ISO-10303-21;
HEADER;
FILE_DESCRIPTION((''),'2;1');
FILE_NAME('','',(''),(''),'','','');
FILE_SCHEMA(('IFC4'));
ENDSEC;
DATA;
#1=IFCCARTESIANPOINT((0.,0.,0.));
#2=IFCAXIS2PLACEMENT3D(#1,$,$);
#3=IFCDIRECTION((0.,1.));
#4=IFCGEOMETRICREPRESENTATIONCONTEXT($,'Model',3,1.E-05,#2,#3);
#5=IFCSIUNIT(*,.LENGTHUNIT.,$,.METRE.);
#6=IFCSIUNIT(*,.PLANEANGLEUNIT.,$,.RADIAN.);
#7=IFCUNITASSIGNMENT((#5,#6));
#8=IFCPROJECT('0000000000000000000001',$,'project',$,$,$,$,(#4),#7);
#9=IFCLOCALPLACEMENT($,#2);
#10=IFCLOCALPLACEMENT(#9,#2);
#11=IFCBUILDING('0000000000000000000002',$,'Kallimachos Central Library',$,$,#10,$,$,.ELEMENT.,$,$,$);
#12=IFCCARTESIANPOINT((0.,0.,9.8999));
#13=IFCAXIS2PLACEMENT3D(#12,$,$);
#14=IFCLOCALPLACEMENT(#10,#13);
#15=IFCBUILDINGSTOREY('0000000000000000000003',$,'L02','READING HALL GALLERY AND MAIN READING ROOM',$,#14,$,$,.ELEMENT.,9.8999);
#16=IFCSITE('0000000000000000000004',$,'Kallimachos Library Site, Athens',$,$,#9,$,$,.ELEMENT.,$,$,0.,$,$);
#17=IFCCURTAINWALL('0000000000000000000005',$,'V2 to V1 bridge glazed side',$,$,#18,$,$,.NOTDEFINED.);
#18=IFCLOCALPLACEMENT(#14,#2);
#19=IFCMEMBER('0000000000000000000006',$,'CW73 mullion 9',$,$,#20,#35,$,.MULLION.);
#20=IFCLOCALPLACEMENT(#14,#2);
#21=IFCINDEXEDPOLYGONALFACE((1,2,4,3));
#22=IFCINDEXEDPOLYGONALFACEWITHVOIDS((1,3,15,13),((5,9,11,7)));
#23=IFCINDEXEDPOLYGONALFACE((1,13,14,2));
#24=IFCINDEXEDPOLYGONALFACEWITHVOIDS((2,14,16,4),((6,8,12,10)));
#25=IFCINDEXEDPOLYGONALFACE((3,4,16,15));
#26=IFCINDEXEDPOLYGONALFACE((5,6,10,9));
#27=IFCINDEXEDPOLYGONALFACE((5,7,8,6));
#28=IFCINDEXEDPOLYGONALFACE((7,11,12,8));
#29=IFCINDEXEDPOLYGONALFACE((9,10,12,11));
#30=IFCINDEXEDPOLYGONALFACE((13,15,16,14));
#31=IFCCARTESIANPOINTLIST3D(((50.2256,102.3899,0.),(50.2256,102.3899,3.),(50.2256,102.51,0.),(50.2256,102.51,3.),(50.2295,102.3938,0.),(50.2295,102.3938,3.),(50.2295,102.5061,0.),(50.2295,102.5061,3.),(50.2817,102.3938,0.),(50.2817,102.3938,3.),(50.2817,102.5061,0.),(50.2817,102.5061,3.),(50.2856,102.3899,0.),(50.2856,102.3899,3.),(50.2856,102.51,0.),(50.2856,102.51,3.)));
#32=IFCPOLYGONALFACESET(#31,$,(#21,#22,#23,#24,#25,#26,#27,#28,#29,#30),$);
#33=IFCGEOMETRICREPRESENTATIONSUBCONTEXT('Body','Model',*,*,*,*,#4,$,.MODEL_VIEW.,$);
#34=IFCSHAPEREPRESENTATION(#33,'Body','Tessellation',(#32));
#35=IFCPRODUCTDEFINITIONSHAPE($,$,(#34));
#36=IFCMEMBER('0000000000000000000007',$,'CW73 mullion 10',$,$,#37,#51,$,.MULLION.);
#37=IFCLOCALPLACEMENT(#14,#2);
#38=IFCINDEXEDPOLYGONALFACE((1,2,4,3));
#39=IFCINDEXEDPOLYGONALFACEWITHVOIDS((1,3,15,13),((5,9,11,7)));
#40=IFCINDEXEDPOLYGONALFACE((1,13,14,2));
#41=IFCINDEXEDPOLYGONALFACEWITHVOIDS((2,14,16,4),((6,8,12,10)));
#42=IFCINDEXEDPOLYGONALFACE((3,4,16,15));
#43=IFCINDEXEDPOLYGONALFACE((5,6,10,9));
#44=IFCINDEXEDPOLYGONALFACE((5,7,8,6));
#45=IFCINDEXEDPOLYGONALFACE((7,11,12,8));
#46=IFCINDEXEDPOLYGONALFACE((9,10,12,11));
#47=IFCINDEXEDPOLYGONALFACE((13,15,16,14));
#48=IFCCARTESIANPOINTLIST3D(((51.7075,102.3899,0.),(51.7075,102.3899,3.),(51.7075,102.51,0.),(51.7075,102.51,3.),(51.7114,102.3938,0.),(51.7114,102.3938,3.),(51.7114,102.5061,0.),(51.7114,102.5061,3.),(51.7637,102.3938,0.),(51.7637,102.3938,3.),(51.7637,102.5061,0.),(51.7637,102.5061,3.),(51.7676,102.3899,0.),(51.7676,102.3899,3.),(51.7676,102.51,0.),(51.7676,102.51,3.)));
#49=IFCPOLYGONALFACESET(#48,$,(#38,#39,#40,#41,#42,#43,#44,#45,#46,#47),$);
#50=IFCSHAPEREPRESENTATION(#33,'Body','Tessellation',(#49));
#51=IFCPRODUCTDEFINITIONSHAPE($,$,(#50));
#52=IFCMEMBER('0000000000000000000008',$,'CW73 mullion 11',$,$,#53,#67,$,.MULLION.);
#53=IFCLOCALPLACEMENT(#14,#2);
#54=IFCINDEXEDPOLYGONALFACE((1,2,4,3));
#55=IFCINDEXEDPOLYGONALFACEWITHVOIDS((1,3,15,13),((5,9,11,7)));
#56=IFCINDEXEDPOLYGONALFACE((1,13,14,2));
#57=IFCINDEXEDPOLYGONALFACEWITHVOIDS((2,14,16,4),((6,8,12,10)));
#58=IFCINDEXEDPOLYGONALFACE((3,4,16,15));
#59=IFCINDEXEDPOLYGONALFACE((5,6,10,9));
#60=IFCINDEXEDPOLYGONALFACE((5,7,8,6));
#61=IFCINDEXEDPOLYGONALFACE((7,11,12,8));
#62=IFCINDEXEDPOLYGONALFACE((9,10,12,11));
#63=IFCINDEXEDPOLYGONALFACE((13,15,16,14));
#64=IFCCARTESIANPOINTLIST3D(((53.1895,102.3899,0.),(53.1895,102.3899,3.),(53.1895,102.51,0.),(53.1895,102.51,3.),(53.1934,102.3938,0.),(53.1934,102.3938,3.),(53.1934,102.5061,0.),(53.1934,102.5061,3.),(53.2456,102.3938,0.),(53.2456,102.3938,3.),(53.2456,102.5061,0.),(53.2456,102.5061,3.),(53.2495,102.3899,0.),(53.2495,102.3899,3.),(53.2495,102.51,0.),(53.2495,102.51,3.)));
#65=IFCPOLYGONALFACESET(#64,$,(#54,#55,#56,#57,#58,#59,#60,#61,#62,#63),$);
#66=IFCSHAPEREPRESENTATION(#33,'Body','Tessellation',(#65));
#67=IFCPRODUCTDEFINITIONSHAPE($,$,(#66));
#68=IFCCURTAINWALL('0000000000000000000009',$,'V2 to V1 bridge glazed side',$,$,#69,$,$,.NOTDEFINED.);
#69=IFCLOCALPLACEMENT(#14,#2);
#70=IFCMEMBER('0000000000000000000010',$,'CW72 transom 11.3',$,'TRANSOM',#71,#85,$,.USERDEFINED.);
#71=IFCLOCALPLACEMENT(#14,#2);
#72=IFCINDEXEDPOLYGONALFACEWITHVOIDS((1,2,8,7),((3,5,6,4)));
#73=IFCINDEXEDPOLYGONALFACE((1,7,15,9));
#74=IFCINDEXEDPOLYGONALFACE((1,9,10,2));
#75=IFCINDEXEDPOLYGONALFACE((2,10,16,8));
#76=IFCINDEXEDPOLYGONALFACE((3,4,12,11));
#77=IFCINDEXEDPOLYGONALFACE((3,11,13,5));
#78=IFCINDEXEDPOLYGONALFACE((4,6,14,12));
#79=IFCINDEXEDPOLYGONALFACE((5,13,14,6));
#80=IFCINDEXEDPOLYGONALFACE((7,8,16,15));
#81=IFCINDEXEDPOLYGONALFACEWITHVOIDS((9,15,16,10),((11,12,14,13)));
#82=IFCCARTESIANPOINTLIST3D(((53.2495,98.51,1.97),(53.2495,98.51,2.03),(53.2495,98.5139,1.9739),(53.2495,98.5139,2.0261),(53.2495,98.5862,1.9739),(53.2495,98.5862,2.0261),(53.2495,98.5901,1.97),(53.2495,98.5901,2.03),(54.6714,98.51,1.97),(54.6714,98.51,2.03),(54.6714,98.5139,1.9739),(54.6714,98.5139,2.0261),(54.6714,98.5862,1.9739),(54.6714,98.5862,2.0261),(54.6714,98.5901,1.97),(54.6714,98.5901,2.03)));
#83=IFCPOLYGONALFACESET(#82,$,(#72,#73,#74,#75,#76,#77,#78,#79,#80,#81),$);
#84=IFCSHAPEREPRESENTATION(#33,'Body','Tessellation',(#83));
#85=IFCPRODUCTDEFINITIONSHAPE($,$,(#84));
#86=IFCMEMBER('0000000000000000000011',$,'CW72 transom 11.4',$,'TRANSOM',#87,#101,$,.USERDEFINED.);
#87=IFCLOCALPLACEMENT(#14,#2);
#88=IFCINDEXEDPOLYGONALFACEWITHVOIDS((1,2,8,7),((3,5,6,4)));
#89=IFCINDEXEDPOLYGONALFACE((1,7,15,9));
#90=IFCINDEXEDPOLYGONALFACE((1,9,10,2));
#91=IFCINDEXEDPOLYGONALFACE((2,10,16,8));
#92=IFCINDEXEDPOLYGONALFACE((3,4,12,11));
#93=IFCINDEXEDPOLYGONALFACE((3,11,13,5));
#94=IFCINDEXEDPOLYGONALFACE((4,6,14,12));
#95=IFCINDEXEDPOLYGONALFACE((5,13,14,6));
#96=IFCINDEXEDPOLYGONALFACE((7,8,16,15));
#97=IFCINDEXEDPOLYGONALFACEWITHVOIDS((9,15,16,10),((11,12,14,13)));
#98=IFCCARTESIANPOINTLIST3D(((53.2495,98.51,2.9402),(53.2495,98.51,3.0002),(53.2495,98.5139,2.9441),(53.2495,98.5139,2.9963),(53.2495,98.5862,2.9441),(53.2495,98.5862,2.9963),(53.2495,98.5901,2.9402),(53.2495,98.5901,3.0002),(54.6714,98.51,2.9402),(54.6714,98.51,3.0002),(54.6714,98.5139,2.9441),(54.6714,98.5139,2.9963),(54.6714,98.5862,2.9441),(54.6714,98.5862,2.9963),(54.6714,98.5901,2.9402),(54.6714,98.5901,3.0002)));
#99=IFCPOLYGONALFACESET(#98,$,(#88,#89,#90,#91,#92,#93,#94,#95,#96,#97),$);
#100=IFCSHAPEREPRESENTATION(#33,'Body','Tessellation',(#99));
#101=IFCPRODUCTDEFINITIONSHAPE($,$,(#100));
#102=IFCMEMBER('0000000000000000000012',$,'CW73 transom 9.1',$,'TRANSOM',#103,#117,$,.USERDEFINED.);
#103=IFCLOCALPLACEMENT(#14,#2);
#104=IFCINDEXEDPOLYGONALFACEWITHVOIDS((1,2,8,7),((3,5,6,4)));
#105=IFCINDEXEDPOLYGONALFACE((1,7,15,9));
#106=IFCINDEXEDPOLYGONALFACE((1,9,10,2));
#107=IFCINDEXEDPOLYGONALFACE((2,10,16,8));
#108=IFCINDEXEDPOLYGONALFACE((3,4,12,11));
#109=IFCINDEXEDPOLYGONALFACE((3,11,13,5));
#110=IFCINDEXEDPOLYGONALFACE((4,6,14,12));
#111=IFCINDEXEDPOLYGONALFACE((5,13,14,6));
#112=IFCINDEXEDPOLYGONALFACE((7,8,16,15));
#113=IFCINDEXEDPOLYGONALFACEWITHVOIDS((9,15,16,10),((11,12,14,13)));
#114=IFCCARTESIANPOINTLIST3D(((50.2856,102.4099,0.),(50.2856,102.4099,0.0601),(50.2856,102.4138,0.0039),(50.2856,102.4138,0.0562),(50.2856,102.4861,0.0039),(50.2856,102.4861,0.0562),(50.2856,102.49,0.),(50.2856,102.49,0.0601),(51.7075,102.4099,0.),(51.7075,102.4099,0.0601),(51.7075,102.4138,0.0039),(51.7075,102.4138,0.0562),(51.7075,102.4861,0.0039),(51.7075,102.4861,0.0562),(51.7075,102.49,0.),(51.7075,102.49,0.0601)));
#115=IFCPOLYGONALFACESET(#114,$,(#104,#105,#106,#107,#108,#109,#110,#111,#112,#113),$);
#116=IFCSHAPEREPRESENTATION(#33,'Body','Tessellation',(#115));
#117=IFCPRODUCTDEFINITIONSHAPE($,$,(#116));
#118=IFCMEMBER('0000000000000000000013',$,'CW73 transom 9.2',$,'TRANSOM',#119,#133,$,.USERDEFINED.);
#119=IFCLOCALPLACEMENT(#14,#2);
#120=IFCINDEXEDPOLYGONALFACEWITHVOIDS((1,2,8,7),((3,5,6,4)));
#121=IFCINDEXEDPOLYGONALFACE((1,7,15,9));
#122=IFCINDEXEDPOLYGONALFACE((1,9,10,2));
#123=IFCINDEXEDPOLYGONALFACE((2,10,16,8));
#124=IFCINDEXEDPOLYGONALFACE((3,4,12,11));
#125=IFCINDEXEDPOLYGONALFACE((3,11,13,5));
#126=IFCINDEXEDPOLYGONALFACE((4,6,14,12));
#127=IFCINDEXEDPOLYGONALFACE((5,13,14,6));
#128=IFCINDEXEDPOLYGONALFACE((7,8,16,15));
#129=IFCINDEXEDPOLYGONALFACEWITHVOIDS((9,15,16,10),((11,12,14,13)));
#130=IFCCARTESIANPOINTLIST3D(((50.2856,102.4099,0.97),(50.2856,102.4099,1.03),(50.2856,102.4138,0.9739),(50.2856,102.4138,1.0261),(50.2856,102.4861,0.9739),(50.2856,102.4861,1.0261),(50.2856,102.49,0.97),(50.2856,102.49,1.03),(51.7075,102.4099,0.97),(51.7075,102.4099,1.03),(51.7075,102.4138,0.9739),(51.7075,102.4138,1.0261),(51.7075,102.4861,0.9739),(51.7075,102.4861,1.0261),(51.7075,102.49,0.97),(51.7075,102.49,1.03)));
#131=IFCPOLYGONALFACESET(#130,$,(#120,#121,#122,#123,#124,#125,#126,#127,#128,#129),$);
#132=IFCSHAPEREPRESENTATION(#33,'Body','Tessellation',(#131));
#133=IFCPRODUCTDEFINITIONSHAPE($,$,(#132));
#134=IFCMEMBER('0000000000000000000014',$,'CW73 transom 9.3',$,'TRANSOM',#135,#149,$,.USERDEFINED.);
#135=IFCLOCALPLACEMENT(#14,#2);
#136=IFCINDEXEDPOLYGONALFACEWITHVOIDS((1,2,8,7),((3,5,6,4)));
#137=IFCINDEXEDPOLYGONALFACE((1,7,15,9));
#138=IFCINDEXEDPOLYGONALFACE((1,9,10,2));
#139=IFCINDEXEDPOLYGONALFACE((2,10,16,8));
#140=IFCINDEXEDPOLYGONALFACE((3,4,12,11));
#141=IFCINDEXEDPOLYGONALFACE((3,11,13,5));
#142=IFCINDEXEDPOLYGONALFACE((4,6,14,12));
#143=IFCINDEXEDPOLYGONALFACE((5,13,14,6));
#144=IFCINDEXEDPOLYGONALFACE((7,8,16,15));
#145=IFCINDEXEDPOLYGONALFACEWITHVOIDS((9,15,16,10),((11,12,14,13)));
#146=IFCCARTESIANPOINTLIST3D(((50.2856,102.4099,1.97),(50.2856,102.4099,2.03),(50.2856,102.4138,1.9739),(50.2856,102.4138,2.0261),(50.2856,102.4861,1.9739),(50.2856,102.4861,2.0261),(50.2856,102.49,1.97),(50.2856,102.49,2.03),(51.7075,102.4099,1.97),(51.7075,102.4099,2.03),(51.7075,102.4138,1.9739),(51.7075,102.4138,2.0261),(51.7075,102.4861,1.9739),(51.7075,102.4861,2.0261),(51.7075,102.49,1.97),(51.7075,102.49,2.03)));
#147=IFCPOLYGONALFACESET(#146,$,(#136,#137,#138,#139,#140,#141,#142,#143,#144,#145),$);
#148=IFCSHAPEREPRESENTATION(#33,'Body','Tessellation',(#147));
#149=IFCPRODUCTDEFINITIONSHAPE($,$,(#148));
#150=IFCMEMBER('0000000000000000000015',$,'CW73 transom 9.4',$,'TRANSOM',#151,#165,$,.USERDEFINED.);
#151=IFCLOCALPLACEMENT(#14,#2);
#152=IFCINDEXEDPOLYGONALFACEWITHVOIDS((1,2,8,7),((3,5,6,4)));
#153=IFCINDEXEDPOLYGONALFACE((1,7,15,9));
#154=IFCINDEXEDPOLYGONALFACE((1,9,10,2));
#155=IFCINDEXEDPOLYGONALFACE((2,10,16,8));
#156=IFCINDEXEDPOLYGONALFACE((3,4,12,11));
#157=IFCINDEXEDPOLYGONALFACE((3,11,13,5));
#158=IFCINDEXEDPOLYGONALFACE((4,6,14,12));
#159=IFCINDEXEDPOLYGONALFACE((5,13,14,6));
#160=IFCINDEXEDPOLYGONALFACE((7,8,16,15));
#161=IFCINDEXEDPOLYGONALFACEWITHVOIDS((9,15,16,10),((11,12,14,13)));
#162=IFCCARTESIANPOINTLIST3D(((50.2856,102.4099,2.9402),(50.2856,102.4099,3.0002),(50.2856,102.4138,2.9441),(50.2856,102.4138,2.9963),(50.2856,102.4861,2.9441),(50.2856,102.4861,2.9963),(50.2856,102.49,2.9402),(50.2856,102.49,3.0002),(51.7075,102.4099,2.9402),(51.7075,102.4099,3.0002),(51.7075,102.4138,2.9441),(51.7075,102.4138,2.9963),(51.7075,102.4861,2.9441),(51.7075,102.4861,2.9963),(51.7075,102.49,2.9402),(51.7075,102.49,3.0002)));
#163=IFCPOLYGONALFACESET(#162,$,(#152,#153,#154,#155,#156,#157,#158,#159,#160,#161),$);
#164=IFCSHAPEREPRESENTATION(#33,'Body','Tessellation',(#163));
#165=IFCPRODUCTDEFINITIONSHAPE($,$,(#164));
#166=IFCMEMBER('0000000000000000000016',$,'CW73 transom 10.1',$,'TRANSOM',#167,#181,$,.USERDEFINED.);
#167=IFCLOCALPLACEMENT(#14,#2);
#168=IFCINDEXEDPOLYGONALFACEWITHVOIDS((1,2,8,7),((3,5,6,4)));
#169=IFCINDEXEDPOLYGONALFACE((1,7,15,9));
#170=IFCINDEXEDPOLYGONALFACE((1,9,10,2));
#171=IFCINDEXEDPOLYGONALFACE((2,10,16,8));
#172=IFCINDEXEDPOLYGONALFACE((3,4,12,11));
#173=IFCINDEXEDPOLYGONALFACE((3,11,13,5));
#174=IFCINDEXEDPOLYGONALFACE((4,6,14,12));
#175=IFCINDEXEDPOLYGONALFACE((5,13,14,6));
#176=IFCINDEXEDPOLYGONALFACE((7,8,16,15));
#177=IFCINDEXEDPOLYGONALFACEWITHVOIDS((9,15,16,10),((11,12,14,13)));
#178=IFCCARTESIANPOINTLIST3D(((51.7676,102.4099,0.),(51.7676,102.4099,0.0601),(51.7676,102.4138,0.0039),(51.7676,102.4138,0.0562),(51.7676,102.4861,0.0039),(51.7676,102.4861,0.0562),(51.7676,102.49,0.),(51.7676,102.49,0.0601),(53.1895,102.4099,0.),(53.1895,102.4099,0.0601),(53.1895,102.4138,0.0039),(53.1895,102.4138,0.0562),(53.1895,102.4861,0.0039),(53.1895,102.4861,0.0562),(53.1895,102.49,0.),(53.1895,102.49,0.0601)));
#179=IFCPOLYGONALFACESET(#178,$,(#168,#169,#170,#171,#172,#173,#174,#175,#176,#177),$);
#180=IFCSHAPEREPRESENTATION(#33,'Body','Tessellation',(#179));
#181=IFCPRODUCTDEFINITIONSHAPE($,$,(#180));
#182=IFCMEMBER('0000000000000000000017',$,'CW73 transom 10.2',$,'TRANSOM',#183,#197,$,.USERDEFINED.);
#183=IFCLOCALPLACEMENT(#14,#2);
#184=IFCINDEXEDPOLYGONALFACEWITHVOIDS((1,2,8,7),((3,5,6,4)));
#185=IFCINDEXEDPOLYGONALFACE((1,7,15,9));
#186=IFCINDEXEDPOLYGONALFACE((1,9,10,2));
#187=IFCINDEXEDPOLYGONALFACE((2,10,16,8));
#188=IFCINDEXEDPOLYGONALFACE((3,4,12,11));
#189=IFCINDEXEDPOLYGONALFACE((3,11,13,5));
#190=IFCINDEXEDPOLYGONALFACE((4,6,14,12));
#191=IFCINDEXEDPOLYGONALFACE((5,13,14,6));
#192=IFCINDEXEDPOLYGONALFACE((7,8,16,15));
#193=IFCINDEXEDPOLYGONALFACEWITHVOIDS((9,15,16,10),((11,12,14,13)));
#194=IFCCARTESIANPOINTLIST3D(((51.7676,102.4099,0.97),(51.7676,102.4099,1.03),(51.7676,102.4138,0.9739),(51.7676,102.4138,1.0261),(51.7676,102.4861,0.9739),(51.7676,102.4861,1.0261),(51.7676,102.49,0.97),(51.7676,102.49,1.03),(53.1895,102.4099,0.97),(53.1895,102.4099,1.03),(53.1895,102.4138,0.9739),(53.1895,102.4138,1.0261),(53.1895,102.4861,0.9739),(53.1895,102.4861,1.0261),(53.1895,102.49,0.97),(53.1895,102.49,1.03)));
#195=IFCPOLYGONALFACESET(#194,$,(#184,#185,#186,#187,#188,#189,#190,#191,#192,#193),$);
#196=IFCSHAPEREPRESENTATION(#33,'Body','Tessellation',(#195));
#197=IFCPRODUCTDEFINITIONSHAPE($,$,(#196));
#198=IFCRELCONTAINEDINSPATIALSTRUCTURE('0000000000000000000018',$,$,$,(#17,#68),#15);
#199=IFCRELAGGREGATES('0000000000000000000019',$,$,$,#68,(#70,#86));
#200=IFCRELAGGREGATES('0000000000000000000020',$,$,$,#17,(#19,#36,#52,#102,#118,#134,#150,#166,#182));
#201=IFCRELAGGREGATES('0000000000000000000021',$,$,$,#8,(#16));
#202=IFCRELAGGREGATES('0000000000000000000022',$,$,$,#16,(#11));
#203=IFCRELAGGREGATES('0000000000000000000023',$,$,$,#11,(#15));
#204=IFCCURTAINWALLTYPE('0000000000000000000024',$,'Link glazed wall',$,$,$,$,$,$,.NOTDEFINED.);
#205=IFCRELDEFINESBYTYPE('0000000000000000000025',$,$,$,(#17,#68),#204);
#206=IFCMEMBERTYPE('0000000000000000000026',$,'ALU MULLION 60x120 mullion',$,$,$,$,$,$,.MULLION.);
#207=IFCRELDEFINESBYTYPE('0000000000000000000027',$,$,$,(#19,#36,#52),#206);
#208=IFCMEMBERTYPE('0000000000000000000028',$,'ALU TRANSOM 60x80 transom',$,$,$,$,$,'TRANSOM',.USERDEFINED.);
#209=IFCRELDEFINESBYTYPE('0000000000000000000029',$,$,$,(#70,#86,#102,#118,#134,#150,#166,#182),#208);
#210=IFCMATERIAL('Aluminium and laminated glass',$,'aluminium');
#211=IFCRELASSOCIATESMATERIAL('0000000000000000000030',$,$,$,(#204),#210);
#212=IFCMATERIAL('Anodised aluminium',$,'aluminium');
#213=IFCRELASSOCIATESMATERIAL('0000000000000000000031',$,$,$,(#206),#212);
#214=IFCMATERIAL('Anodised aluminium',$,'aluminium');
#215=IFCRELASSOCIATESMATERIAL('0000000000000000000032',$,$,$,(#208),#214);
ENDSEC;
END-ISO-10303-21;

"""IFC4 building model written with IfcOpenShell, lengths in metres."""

from ifc_helpers import new_model, si_unit, direction, frame, origin, origin_2d, place, context, subcontext, project, spatial, hollow_rectangle, extrude, material, material_profile, profile_set, type_object, element, aggregate, save


model = new_model("IFC4")

# Units and contexts
model_context = context("Model", 3, precision=1e-05, world=origin(), true_north=direction((0.0, 1.0)))
body_context = subcontext(model_context, "Body", "Model", "MODEL_VIEW")
ifc_project = project(units=[si_unit("LENGTHUNIT", "METRE"), si_unit("PLANEANGLEUNIT", "RADIAN")], contexts=[model_context])

# Site, building, storey
site_placement = place(None, origin())
site = spatial("IfcSite", under=ifc_project, at=site_placement, Name="Kallimachos Library Site, Athens", CompositionType="ELEMENT", RefElevation=0.0)
building_placement = place(site_placement, origin())
building = spatial("IfcBuilding", under=site, at=building_placement, Name="Kallimachos Central Library", CompositionType="ELEMENT")
storey_placement = place(building_placement, frame((0.0, 0.0, 9.8999)))
storey = spatial("IfcBuildingStorey", under=building, at=storey_placement, Name="L02", Description="READING HALL GALLERY AND MAIN READING ROOM", CompositionType="ELEMENT", Elevation=9.8999)

# Curtain walls, members
ifc_material_1 = material(Name="Aluminium and laminated glass", Category="aluminium")
curtain_wall_type = type_object("IfcCurtainWallType", Name="Link glazed wall", PredefinedType="NOTDEFINED", material=ifc_material_1)
curtain_wall_1_placement = place(storey_placement, origin())
curtain_wall_1 = element("IfcCurtainWall", 1, at=curtain_wall_1_placement, inside=storey, type_object=curtain_wall_type, Name="V2 to V1 bridge glazed side", PredefinedType="NOTDEFINED")
ifc_material_2 = material(Name="Anodised aluminium", Category="aluminium")
ifc_material_profile_1 = material_profile(ifc_material_2, hollow_rectangle(XDim=0.0601, YDim=0.1201, WallThickness=0.0039, at=origin_2d()), Name="ALU MULLION 60x120")
ifc_profile_set_1 = profile_set([ifc_material_profile_1], Name="Anodised aluminium")
member_type_1 = type_object("IfcMemberType", Name="ALU MULLION 60x120 mullion", PredefinedType="MULLION", material=ifc_profile_set_1)
member_1_placement = place(storey_placement, frame((50.2556, 102.45, 0.0), z_axis=(0.0, 0.0, 1.0), x_axis=(1.0, 0.0, 0.0)))
member_1 = element("IfcMember", 2, at=member_1_placement, type_object=member_type_1, Name="CW73 mullion 9", PredefinedType="MULLION", context=body_context, shape_type="SweptSolid", body=[
    extrude(hollow_rectangle(XDim=0.0601, YDim=0.1201, WallThickness=0.0039, at=origin_2d()), origin(), (0.0, 0.0, 1.0), 3.0),
])
member_2_placement = place(storey_placement, frame((51.7375, 102.45, 0.0), z_axis=(0.0, 0.0, 1.0), x_axis=(1.0, 0.0, 0.0)))
member_2 = element("IfcMember", 3, at=member_2_placement, type_object=member_type_1, Name="CW73 mullion 10", PredefinedType="MULLION", context=body_context, shape_type="SweptSolid", body=[
    extrude(hollow_rectangle(XDim=0.0601, YDim=0.1201, WallThickness=0.0039, at=origin_2d()), origin(), (0.0, 0.0, 1.0), 3.0),
])
member_3_placement = place(storey_placement, frame((53.2195, 102.45, 0.0), z_axis=(0.0, 0.0, 1.0), x_axis=(1.0, 0.0, 0.0)))
member_3 = element("IfcMember", 4, at=member_3_placement, type_object=member_type_1, Name="CW73 mullion 11", PredefinedType="MULLION", context=body_context, shape_type="SweptSolid", body=[
    extrude(hollow_rectangle(XDim=0.0601, YDim=0.1201, WallThickness=0.0039, at=origin_2d()), origin(), (0.0, 0.0, 1.0), 3.0),
])
curtain_wall_2_placement = place(storey_placement, origin())
curtain_wall_2 = element("IfcCurtainWall", 5, at=curtain_wall_2_placement, inside=storey, type_object=curtain_wall_type, Name="V2 to V1 bridge glazed side", PredefinedType="NOTDEFINED")
ifc_material_3 = material(Name="Anodised aluminium", Category="aluminium")
ifc_material_profile_2 = material_profile(ifc_material_3, hollow_rectangle(XDim=0.0601, YDim=0.0801, WallThickness=0.0039, at=origin_2d()), Name="ALU TRANSOM 60x80")
ifc_profile_set_2 = profile_set([ifc_material_profile_2], Name="Anodised aluminium")
member_type_2 = type_object("IfcMemberType", Name="ALU TRANSOM 60x80 transom", ElementType="TRANSOM", PredefinedType="USERDEFINED", material=ifc_profile_set_2)
member_4_placement = place(storey_placement, frame((53.2495, 98.55, 2.0), z_axis=(1.0, 0.0, 0.0), x_axis=(0.0, 0.0, 1.0)))
member_4 = element("IfcMember", 6, at=member_4_placement, type_object=member_type_2, Name="CW72 transom 11.3", ObjectType="TRANSOM", PredefinedType="USERDEFINED", context=body_context, shape_type="SweptSolid", body=[
    extrude(hollow_rectangle(XDim=0.0601, YDim=0.0801, WallThickness=0.0039, at=origin_2d()), origin(), (0.0, 0.0, 1.0), 1.4219),
])
member_5_placement = place(storey_placement, frame((53.2495, 98.55, 2.9702), z_axis=(1.0, 0.0, 0.0), x_axis=(0.0, 0.0, 1.0)))
member_5 = element("IfcMember", 7, at=member_5_placement, type_object=member_type_2, Name="CW72 transom 11.4", ObjectType="TRANSOM", PredefinedType="USERDEFINED", context=body_context, shape_type="SweptSolid", body=[
    extrude(hollow_rectangle(XDim=0.0601, YDim=0.0801, WallThickness=0.0039, at=origin_2d()), origin(), (0.0, 0.0, 1.0), 1.4219),
])
aggregate(curtain_wall_2, [member_4, member_5])

# Members
member_6_placement = place(storey_placement, frame((50.2856, 102.45, 0.03), z_axis=(1.0, 0.0, 0.0), x_axis=(0.0, 0.0, 1.0)))
member_6 = element("IfcMember", 8, at=member_6_placement, type_object=member_type_2, Name="CW73 transom 9.1", ObjectType="TRANSOM", PredefinedType="USERDEFINED", context=body_context, shape_type="SweptSolid", body=[
    extrude(hollow_rectangle(XDim=0.0601, YDim=0.0801, WallThickness=0.0039, at=origin_2d()), origin(), (0.0, 0.0, 1.0), 1.4219),
])
member_7_placement = place(storey_placement, frame((50.2856, 102.45, 1.0), z_axis=(1.0, 0.0, 0.0), x_axis=(0.0, 0.0, 1.0)))
member_7 = element("IfcMember", 9, at=member_7_placement, type_object=member_type_2, Name="CW73 transom 9.2", ObjectType="TRANSOM", PredefinedType="USERDEFINED", context=body_context, shape_type="SweptSolid", body=[
    extrude(hollow_rectangle(XDim=0.0601, YDim=0.0801, WallThickness=0.0039, at=origin_2d()), origin(), (0.0, 0.0, 1.0), 1.4219),
])
member_8_placement = place(storey_placement, frame((50.2856, 102.45, 2.0), z_axis=(1.0, 0.0, 0.0), x_axis=(0.0, 0.0, 1.0)))
member_8 = element("IfcMember", 10, at=member_8_placement, type_object=member_type_2, Name="CW73 transom 9.3", ObjectType="TRANSOM", PredefinedType="USERDEFINED", context=body_context, shape_type="SweptSolid", body=[
    extrude(hollow_rectangle(XDim=0.0601, YDim=0.0801, WallThickness=0.0039, at=origin_2d()), origin(), (0.0, 0.0, 1.0), 1.4219),
])
member_9_placement = place(storey_placement, frame((50.2856, 102.45, 2.9702), z_axis=(1.0, 0.0, 0.0), x_axis=(0.0, 0.0, 1.0)))
member_9 = element("IfcMember", 11, at=member_9_placement, type_object=member_type_2, Name="CW73 transom 9.4", ObjectType="TRANSOM", PredefinedType="USERDEFINED", context=body_context, shape_type="SweptSolid", body=[
    extrude(hollow_rectangle(XDim=0.0601, YDim=0.0801, WallThickness=0.0039, at=origin_2d()), origin(), (0.0, 0.0, 1.0), 1.4219),
])
member_10_placement = place(storey_placement, frame((51.7676, 102.45, 0.03), z_axis=(1.0, 0.0, 0.0), x_axis=(0.0, 0.0, 1.0)))
member_10 = element("IfcMember", 12, at=member_10_placement, type_object=member_type_2, Name="CW73 transom 10.1", ObjectType="TRANSOM", PredefinedType="USERDEFINED", context=body_context, shape_type="SweptSolid", body=[
    extrude(hollow_rectangle(XDim=0.0601, YDim=0.0801, WallThickness=0.0039, at=origin_2d()), origin(), (0.0, 0.0, 1.0), 1.4219),
])
member_11_placement = place(storey_placement, frame((51.7676, 102.45, 1.0), z_axis=(1.0, 0.0, 0.0), x_axis=(0.0, 0.0, 1.0)))
member_11 = element("IfcMember", 13, at=member_11_placement, type_object=member_type_2, Name="CW73 transom 10.2", ObjectType="TRANSOM", PredefinedType="USERDEFINED", context=body_context, shape_type="SweptSolid", body=[
    extrude(hollow_rectangle(XDim=0.0601, YDim=0.0801, WallThickness=0.0039, at=origin_2d()), origin(), (0.0, 0.0, 1.0), 1.4219),
])

aggregate(curtain_wall_1, [member_1, member_2, member_3, member_6, member_7, member_8, member_9, member_10, member_11])

save(model, "model.ifc")
